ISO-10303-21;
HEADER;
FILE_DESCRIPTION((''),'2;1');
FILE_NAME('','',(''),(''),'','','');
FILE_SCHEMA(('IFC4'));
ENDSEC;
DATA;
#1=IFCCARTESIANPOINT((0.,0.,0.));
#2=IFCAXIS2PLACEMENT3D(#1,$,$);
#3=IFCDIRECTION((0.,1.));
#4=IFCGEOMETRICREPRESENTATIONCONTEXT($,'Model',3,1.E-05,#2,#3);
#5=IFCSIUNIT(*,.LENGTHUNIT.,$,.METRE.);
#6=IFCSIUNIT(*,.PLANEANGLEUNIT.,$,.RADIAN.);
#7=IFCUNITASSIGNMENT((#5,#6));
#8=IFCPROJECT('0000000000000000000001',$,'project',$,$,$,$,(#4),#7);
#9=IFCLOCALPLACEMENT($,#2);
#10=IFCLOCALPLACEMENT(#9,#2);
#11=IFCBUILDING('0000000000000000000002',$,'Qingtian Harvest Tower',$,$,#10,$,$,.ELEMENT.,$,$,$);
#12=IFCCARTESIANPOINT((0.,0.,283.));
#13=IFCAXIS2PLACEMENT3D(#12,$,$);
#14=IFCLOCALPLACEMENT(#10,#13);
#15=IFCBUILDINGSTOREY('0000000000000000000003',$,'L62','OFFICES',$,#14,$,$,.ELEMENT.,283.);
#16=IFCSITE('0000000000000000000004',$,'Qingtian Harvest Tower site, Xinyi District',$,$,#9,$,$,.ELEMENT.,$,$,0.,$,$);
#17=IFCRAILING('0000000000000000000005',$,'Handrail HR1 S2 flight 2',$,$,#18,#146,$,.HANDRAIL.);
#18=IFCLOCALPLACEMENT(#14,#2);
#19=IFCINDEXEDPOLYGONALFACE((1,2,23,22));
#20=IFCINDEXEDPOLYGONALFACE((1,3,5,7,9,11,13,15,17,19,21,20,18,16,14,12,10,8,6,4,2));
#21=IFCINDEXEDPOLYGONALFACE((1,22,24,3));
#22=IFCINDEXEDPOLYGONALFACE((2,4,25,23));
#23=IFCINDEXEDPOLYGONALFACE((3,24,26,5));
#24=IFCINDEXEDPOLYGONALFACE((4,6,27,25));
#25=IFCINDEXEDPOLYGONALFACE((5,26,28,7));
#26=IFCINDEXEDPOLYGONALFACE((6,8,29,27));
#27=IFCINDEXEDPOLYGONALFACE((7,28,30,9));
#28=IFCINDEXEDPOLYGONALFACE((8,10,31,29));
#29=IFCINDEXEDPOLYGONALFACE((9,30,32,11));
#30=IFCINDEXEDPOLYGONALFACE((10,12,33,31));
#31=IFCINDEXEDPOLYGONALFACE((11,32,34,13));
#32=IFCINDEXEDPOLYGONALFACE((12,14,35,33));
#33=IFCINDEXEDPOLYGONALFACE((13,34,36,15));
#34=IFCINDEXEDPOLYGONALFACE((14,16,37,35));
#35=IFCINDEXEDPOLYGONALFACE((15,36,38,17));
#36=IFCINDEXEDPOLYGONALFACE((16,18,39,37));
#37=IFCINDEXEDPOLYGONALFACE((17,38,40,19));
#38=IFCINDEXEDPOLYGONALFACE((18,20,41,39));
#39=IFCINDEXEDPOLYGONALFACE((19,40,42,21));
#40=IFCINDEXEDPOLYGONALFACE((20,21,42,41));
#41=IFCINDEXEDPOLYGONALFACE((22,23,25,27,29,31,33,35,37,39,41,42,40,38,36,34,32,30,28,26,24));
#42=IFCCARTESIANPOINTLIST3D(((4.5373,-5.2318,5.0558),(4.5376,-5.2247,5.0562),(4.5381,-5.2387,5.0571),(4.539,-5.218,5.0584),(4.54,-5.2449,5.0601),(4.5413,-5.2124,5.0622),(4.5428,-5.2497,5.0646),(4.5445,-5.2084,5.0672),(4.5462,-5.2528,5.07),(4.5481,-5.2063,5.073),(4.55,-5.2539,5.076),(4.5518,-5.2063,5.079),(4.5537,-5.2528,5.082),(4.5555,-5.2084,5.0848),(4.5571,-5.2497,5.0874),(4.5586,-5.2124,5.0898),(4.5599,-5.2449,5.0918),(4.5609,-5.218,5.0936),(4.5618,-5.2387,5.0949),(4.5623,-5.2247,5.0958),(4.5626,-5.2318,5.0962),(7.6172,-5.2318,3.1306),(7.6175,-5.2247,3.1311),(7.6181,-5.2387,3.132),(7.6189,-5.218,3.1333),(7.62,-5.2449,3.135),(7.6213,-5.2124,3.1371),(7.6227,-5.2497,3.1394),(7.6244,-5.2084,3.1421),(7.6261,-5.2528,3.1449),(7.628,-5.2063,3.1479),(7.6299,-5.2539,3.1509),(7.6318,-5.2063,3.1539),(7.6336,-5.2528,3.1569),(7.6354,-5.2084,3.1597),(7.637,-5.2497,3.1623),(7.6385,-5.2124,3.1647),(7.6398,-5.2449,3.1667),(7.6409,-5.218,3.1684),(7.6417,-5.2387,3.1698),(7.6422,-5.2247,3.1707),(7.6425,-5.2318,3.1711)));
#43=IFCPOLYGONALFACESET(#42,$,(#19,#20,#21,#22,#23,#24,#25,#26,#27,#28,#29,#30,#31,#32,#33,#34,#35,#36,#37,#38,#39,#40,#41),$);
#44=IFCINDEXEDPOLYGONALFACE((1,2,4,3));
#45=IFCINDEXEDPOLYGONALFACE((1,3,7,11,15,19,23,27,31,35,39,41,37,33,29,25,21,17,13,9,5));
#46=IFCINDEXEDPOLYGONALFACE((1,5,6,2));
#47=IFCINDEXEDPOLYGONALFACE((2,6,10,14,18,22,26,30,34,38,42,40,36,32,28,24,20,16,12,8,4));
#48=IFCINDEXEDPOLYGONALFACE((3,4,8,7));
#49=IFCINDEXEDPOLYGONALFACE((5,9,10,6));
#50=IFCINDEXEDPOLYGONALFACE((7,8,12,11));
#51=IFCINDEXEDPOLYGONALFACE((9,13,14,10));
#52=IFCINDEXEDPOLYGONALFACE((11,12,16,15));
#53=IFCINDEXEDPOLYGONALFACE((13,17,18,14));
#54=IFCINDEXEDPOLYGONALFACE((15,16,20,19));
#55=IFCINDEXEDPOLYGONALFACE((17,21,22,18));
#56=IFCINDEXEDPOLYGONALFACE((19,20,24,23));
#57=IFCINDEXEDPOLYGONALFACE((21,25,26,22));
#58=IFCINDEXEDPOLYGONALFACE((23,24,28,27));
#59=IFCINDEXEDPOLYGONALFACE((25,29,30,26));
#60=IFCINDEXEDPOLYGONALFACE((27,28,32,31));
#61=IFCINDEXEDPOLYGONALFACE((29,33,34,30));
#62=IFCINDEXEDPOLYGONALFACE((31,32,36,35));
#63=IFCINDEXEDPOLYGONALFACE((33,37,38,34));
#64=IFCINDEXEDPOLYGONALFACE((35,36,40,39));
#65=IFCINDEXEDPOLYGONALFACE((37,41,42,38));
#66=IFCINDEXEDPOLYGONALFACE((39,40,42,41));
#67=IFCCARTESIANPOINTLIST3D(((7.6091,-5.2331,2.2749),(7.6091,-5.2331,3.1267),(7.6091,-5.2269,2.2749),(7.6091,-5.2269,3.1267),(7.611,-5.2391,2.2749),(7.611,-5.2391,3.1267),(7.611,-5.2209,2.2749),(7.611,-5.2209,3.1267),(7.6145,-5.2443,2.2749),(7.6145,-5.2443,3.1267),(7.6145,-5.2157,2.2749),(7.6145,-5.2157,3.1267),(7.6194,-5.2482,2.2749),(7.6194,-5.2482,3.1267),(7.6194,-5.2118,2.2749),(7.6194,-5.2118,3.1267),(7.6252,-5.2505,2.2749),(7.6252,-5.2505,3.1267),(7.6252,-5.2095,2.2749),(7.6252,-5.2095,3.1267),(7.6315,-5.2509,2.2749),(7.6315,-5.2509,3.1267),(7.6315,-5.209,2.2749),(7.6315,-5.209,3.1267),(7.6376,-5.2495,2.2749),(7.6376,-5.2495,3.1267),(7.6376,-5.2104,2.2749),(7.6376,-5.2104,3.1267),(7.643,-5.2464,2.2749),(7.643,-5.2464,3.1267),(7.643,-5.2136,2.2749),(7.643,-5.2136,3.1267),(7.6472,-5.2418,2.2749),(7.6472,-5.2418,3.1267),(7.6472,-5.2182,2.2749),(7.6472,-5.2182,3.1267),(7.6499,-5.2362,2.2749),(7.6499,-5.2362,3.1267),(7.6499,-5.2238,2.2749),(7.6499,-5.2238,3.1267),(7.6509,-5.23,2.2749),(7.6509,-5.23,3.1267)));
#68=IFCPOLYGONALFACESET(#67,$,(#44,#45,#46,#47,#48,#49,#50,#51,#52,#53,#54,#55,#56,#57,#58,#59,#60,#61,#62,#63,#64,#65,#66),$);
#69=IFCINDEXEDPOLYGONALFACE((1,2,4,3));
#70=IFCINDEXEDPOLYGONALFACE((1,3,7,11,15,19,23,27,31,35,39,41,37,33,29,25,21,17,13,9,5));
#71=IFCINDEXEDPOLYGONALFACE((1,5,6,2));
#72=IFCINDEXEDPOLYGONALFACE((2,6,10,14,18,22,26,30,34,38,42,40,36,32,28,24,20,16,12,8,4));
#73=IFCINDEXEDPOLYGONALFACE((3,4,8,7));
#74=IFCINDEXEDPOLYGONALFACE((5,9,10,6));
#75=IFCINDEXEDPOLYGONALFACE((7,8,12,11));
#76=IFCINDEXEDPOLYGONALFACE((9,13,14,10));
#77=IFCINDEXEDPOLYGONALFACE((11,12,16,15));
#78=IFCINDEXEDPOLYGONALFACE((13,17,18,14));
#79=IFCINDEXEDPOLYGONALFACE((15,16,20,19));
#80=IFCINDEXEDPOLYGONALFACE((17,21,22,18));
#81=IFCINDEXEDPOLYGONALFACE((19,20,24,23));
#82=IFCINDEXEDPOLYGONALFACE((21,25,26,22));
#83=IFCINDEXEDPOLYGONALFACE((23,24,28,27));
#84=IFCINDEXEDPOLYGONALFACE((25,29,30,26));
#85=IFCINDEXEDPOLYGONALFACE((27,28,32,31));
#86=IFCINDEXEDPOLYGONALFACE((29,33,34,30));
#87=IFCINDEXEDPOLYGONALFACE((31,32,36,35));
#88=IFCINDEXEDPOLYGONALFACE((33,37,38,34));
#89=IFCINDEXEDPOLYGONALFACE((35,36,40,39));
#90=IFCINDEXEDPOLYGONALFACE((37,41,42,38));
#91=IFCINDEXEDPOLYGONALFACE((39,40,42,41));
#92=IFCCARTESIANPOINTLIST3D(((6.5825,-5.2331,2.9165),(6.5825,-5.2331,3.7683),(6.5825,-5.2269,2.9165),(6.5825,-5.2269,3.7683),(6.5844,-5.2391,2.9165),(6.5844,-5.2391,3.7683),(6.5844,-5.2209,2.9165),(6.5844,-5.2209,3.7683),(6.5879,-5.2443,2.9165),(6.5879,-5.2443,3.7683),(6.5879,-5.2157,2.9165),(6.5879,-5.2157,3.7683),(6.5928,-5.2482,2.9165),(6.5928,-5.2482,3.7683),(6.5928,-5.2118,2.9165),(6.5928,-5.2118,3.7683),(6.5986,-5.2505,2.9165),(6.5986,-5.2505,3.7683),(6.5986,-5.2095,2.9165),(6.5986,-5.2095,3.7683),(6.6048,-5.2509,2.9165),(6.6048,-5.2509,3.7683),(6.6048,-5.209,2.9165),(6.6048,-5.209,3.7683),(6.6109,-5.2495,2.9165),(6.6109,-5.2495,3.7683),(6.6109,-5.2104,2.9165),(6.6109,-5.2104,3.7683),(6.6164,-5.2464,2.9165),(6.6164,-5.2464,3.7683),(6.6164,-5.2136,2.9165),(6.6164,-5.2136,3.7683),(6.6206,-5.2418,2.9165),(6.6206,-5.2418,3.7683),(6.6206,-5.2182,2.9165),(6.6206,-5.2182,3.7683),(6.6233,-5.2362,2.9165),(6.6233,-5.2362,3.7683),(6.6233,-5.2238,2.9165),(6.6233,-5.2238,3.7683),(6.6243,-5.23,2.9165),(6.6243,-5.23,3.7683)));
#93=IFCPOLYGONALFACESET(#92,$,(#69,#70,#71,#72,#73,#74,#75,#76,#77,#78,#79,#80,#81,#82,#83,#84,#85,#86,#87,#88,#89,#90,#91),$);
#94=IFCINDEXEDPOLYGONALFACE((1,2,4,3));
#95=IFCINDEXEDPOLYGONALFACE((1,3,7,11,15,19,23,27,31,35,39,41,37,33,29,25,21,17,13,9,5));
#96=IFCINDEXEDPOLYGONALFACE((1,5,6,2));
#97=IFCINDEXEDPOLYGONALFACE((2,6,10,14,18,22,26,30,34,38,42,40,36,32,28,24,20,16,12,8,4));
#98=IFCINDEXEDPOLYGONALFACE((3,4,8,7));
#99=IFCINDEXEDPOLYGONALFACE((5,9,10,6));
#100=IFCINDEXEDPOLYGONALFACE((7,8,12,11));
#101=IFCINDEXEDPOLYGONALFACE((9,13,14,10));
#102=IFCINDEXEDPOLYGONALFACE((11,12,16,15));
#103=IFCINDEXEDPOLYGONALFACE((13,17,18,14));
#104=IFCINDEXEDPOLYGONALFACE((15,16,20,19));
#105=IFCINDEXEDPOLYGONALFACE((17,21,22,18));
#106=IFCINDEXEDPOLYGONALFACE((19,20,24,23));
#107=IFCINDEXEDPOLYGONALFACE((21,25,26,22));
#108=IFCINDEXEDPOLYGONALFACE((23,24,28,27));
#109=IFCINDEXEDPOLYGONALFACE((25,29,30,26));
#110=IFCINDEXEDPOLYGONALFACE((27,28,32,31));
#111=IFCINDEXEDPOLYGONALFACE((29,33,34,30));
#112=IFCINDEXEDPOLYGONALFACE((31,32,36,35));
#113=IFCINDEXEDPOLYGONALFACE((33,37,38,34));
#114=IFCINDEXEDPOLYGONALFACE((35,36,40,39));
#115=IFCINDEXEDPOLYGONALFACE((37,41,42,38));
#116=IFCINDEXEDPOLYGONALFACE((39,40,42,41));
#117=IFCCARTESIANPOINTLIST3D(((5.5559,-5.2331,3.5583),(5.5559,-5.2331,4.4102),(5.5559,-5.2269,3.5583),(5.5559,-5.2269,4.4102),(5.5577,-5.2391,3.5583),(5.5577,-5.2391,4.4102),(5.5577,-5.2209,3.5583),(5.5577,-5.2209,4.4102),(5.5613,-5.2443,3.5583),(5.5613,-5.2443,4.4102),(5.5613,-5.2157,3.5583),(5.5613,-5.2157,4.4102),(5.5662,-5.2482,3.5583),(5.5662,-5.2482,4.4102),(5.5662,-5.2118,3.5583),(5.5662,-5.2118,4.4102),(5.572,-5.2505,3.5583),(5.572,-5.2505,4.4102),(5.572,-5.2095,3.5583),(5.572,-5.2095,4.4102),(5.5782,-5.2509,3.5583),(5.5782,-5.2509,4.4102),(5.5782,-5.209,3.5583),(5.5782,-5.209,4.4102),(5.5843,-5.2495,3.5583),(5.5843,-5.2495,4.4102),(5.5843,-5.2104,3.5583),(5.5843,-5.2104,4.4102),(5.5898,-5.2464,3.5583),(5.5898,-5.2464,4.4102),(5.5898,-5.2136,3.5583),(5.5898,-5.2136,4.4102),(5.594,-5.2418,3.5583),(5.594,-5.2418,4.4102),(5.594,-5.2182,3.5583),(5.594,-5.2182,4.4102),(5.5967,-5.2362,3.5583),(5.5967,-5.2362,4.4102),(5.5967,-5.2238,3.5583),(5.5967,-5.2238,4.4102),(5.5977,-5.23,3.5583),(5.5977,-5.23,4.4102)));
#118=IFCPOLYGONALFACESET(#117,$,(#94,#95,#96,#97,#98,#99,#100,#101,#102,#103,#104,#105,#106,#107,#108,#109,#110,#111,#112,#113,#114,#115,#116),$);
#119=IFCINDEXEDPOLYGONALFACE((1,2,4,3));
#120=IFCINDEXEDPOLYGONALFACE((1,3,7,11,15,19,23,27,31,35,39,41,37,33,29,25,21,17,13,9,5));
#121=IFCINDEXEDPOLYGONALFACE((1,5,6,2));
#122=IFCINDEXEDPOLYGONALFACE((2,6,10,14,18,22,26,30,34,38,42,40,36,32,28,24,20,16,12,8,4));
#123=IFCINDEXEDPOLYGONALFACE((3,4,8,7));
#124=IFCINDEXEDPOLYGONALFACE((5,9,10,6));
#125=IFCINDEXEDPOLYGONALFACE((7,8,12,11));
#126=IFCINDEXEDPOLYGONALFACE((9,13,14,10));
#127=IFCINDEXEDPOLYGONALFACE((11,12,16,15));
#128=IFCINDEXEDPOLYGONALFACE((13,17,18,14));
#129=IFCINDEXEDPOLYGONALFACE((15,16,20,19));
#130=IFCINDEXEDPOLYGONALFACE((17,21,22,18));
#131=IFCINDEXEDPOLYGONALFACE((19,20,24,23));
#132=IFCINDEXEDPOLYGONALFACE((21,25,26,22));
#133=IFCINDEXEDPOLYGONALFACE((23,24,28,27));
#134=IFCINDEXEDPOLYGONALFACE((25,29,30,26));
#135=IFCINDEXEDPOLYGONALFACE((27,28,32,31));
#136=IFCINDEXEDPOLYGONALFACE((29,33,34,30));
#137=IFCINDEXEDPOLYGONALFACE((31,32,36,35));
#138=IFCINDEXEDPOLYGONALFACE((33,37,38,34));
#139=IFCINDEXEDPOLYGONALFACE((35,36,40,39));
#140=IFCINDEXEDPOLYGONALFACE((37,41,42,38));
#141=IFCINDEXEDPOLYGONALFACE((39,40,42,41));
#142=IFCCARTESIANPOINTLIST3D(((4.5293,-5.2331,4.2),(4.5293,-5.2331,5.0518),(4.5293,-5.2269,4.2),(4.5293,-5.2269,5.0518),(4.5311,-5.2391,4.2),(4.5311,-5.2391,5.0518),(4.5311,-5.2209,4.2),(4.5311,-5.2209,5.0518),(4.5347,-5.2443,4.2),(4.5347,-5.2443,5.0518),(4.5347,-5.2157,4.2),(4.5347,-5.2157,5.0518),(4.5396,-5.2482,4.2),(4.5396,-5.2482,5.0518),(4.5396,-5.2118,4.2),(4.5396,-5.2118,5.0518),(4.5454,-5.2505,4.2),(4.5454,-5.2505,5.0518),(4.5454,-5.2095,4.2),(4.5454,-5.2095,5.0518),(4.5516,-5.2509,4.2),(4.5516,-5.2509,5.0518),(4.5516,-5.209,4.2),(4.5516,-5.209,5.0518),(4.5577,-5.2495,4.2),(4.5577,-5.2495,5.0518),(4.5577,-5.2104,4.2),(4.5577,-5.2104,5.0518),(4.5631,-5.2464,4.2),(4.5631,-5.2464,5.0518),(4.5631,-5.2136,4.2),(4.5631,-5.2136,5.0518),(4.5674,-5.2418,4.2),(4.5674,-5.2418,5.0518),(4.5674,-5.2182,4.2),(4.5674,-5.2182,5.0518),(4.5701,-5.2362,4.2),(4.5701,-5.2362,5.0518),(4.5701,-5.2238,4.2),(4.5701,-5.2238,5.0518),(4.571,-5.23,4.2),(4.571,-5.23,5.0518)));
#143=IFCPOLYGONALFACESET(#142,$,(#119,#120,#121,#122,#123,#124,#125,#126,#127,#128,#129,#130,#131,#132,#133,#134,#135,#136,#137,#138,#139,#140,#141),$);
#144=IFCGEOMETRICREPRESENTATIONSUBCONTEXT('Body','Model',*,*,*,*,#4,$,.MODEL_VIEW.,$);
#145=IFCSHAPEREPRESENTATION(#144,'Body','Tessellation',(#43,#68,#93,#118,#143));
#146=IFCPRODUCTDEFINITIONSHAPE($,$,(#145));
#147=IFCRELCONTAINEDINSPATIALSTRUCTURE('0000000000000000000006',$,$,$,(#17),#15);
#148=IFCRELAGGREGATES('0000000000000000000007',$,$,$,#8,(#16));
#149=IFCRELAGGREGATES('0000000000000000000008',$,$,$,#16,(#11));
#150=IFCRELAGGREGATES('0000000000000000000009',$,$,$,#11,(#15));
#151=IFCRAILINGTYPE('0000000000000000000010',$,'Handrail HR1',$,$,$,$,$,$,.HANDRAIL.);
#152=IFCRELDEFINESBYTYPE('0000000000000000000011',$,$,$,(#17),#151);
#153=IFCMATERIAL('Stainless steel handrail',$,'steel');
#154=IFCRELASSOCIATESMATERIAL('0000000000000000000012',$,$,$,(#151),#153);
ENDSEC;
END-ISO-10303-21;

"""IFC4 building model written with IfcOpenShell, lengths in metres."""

from ifc_helpers import new_model, si_unit, direction, frame, origin, origin_2d, place, context, subcontext, project, spatial, circle, extrude, material, type_object, element, save


model = new_model("IFC4")

# Units and contexts
model_context = context("Model", 3, precision=1e-05, world=origin(), true_north=direction((0.0, 1.0)))
body_context = subcontext(model_context, "Body", "Model", "MODEL_VIEW")
ifc_project = project(units=[si_unit("LENGTHUNIT", "METRE"), si_unit("PLANEANGLEUNIT", "RADIAN")], contexts=[model_context])

# Site, building, storey
site_placement = place(None, origin())
site = spatial("IfcSite", under=ifc_project, at=site_placement, Name="Qingtian Harvest Tower site, Xinyi District", CompositionType="ELEMENT", RefElevation=0.0)
building_placement = place(site_placement, origin())
building = spatial("IfcBuilding", under=site, at=building_placement, Name="Qingtian Harvest Tower", CompositionType="ELEMENT")
storey_placement = place(building_placement, frame((0.0, 0.0, 283.0)))
storey = spatial("IfcBuildingStorey", under=building, at=storey_placement, Name="L62", Description="OFFICES", CompositionType="ELEMENT", Elevation=283.0)

# Railing
ifc_material_1 = material(Name="Stainless steel handrail", Category="steel")
railing_type = type_object("IfcRailingType", Name="Handrail HR1", PredefinedType="HANDRAIL", material=ifc_material_1)
railing_1_placement = place(storey_placement, frame((7.6299, -5.23, 2.2749)))
element("IfcRailing", 1, at=railing_1_placement, inside=storey, type_object=railing_type, Name="Handrail HR1 S2 flight 2", PredefinedType="HANDRAIL", context=body_context, shape_type="SweptSolid", body=[
    extrude(circle(Radius=0.0239, at=origin_2d()), frame((0.0, 0.0, 0.876), z_axis=(-0.847979, 0.0, 0.530029), x_axis=(0.0, -1.0, 0.0)), (0.0, 0.0, 1.0), 3.6321),
    extrude(circle(Radius=0.021, at=origin_2d()), origin(), (0.0, 0.0, 1.0), 0.8518),
    extrude(circle(Radius=0.021, at=origin_2d()), frame((-1.0266, 0.0, 0.6416)), (0.0, 0.0, 1.0), 0.8518),
    extrude(circle(Radius=0.021, at=origin_2d()), frame((-2.0532, 0.0, 1.2834)), (0.0, 0.0, 1.0), 0.8518),
    extrude(circle(Radius=0.021, at=origin_2d()), frame((-3.0798, 0.0, 1.925)), (0.0, 0.0, 1.0), 0.8518),
])

save(model, "model.ifc")
